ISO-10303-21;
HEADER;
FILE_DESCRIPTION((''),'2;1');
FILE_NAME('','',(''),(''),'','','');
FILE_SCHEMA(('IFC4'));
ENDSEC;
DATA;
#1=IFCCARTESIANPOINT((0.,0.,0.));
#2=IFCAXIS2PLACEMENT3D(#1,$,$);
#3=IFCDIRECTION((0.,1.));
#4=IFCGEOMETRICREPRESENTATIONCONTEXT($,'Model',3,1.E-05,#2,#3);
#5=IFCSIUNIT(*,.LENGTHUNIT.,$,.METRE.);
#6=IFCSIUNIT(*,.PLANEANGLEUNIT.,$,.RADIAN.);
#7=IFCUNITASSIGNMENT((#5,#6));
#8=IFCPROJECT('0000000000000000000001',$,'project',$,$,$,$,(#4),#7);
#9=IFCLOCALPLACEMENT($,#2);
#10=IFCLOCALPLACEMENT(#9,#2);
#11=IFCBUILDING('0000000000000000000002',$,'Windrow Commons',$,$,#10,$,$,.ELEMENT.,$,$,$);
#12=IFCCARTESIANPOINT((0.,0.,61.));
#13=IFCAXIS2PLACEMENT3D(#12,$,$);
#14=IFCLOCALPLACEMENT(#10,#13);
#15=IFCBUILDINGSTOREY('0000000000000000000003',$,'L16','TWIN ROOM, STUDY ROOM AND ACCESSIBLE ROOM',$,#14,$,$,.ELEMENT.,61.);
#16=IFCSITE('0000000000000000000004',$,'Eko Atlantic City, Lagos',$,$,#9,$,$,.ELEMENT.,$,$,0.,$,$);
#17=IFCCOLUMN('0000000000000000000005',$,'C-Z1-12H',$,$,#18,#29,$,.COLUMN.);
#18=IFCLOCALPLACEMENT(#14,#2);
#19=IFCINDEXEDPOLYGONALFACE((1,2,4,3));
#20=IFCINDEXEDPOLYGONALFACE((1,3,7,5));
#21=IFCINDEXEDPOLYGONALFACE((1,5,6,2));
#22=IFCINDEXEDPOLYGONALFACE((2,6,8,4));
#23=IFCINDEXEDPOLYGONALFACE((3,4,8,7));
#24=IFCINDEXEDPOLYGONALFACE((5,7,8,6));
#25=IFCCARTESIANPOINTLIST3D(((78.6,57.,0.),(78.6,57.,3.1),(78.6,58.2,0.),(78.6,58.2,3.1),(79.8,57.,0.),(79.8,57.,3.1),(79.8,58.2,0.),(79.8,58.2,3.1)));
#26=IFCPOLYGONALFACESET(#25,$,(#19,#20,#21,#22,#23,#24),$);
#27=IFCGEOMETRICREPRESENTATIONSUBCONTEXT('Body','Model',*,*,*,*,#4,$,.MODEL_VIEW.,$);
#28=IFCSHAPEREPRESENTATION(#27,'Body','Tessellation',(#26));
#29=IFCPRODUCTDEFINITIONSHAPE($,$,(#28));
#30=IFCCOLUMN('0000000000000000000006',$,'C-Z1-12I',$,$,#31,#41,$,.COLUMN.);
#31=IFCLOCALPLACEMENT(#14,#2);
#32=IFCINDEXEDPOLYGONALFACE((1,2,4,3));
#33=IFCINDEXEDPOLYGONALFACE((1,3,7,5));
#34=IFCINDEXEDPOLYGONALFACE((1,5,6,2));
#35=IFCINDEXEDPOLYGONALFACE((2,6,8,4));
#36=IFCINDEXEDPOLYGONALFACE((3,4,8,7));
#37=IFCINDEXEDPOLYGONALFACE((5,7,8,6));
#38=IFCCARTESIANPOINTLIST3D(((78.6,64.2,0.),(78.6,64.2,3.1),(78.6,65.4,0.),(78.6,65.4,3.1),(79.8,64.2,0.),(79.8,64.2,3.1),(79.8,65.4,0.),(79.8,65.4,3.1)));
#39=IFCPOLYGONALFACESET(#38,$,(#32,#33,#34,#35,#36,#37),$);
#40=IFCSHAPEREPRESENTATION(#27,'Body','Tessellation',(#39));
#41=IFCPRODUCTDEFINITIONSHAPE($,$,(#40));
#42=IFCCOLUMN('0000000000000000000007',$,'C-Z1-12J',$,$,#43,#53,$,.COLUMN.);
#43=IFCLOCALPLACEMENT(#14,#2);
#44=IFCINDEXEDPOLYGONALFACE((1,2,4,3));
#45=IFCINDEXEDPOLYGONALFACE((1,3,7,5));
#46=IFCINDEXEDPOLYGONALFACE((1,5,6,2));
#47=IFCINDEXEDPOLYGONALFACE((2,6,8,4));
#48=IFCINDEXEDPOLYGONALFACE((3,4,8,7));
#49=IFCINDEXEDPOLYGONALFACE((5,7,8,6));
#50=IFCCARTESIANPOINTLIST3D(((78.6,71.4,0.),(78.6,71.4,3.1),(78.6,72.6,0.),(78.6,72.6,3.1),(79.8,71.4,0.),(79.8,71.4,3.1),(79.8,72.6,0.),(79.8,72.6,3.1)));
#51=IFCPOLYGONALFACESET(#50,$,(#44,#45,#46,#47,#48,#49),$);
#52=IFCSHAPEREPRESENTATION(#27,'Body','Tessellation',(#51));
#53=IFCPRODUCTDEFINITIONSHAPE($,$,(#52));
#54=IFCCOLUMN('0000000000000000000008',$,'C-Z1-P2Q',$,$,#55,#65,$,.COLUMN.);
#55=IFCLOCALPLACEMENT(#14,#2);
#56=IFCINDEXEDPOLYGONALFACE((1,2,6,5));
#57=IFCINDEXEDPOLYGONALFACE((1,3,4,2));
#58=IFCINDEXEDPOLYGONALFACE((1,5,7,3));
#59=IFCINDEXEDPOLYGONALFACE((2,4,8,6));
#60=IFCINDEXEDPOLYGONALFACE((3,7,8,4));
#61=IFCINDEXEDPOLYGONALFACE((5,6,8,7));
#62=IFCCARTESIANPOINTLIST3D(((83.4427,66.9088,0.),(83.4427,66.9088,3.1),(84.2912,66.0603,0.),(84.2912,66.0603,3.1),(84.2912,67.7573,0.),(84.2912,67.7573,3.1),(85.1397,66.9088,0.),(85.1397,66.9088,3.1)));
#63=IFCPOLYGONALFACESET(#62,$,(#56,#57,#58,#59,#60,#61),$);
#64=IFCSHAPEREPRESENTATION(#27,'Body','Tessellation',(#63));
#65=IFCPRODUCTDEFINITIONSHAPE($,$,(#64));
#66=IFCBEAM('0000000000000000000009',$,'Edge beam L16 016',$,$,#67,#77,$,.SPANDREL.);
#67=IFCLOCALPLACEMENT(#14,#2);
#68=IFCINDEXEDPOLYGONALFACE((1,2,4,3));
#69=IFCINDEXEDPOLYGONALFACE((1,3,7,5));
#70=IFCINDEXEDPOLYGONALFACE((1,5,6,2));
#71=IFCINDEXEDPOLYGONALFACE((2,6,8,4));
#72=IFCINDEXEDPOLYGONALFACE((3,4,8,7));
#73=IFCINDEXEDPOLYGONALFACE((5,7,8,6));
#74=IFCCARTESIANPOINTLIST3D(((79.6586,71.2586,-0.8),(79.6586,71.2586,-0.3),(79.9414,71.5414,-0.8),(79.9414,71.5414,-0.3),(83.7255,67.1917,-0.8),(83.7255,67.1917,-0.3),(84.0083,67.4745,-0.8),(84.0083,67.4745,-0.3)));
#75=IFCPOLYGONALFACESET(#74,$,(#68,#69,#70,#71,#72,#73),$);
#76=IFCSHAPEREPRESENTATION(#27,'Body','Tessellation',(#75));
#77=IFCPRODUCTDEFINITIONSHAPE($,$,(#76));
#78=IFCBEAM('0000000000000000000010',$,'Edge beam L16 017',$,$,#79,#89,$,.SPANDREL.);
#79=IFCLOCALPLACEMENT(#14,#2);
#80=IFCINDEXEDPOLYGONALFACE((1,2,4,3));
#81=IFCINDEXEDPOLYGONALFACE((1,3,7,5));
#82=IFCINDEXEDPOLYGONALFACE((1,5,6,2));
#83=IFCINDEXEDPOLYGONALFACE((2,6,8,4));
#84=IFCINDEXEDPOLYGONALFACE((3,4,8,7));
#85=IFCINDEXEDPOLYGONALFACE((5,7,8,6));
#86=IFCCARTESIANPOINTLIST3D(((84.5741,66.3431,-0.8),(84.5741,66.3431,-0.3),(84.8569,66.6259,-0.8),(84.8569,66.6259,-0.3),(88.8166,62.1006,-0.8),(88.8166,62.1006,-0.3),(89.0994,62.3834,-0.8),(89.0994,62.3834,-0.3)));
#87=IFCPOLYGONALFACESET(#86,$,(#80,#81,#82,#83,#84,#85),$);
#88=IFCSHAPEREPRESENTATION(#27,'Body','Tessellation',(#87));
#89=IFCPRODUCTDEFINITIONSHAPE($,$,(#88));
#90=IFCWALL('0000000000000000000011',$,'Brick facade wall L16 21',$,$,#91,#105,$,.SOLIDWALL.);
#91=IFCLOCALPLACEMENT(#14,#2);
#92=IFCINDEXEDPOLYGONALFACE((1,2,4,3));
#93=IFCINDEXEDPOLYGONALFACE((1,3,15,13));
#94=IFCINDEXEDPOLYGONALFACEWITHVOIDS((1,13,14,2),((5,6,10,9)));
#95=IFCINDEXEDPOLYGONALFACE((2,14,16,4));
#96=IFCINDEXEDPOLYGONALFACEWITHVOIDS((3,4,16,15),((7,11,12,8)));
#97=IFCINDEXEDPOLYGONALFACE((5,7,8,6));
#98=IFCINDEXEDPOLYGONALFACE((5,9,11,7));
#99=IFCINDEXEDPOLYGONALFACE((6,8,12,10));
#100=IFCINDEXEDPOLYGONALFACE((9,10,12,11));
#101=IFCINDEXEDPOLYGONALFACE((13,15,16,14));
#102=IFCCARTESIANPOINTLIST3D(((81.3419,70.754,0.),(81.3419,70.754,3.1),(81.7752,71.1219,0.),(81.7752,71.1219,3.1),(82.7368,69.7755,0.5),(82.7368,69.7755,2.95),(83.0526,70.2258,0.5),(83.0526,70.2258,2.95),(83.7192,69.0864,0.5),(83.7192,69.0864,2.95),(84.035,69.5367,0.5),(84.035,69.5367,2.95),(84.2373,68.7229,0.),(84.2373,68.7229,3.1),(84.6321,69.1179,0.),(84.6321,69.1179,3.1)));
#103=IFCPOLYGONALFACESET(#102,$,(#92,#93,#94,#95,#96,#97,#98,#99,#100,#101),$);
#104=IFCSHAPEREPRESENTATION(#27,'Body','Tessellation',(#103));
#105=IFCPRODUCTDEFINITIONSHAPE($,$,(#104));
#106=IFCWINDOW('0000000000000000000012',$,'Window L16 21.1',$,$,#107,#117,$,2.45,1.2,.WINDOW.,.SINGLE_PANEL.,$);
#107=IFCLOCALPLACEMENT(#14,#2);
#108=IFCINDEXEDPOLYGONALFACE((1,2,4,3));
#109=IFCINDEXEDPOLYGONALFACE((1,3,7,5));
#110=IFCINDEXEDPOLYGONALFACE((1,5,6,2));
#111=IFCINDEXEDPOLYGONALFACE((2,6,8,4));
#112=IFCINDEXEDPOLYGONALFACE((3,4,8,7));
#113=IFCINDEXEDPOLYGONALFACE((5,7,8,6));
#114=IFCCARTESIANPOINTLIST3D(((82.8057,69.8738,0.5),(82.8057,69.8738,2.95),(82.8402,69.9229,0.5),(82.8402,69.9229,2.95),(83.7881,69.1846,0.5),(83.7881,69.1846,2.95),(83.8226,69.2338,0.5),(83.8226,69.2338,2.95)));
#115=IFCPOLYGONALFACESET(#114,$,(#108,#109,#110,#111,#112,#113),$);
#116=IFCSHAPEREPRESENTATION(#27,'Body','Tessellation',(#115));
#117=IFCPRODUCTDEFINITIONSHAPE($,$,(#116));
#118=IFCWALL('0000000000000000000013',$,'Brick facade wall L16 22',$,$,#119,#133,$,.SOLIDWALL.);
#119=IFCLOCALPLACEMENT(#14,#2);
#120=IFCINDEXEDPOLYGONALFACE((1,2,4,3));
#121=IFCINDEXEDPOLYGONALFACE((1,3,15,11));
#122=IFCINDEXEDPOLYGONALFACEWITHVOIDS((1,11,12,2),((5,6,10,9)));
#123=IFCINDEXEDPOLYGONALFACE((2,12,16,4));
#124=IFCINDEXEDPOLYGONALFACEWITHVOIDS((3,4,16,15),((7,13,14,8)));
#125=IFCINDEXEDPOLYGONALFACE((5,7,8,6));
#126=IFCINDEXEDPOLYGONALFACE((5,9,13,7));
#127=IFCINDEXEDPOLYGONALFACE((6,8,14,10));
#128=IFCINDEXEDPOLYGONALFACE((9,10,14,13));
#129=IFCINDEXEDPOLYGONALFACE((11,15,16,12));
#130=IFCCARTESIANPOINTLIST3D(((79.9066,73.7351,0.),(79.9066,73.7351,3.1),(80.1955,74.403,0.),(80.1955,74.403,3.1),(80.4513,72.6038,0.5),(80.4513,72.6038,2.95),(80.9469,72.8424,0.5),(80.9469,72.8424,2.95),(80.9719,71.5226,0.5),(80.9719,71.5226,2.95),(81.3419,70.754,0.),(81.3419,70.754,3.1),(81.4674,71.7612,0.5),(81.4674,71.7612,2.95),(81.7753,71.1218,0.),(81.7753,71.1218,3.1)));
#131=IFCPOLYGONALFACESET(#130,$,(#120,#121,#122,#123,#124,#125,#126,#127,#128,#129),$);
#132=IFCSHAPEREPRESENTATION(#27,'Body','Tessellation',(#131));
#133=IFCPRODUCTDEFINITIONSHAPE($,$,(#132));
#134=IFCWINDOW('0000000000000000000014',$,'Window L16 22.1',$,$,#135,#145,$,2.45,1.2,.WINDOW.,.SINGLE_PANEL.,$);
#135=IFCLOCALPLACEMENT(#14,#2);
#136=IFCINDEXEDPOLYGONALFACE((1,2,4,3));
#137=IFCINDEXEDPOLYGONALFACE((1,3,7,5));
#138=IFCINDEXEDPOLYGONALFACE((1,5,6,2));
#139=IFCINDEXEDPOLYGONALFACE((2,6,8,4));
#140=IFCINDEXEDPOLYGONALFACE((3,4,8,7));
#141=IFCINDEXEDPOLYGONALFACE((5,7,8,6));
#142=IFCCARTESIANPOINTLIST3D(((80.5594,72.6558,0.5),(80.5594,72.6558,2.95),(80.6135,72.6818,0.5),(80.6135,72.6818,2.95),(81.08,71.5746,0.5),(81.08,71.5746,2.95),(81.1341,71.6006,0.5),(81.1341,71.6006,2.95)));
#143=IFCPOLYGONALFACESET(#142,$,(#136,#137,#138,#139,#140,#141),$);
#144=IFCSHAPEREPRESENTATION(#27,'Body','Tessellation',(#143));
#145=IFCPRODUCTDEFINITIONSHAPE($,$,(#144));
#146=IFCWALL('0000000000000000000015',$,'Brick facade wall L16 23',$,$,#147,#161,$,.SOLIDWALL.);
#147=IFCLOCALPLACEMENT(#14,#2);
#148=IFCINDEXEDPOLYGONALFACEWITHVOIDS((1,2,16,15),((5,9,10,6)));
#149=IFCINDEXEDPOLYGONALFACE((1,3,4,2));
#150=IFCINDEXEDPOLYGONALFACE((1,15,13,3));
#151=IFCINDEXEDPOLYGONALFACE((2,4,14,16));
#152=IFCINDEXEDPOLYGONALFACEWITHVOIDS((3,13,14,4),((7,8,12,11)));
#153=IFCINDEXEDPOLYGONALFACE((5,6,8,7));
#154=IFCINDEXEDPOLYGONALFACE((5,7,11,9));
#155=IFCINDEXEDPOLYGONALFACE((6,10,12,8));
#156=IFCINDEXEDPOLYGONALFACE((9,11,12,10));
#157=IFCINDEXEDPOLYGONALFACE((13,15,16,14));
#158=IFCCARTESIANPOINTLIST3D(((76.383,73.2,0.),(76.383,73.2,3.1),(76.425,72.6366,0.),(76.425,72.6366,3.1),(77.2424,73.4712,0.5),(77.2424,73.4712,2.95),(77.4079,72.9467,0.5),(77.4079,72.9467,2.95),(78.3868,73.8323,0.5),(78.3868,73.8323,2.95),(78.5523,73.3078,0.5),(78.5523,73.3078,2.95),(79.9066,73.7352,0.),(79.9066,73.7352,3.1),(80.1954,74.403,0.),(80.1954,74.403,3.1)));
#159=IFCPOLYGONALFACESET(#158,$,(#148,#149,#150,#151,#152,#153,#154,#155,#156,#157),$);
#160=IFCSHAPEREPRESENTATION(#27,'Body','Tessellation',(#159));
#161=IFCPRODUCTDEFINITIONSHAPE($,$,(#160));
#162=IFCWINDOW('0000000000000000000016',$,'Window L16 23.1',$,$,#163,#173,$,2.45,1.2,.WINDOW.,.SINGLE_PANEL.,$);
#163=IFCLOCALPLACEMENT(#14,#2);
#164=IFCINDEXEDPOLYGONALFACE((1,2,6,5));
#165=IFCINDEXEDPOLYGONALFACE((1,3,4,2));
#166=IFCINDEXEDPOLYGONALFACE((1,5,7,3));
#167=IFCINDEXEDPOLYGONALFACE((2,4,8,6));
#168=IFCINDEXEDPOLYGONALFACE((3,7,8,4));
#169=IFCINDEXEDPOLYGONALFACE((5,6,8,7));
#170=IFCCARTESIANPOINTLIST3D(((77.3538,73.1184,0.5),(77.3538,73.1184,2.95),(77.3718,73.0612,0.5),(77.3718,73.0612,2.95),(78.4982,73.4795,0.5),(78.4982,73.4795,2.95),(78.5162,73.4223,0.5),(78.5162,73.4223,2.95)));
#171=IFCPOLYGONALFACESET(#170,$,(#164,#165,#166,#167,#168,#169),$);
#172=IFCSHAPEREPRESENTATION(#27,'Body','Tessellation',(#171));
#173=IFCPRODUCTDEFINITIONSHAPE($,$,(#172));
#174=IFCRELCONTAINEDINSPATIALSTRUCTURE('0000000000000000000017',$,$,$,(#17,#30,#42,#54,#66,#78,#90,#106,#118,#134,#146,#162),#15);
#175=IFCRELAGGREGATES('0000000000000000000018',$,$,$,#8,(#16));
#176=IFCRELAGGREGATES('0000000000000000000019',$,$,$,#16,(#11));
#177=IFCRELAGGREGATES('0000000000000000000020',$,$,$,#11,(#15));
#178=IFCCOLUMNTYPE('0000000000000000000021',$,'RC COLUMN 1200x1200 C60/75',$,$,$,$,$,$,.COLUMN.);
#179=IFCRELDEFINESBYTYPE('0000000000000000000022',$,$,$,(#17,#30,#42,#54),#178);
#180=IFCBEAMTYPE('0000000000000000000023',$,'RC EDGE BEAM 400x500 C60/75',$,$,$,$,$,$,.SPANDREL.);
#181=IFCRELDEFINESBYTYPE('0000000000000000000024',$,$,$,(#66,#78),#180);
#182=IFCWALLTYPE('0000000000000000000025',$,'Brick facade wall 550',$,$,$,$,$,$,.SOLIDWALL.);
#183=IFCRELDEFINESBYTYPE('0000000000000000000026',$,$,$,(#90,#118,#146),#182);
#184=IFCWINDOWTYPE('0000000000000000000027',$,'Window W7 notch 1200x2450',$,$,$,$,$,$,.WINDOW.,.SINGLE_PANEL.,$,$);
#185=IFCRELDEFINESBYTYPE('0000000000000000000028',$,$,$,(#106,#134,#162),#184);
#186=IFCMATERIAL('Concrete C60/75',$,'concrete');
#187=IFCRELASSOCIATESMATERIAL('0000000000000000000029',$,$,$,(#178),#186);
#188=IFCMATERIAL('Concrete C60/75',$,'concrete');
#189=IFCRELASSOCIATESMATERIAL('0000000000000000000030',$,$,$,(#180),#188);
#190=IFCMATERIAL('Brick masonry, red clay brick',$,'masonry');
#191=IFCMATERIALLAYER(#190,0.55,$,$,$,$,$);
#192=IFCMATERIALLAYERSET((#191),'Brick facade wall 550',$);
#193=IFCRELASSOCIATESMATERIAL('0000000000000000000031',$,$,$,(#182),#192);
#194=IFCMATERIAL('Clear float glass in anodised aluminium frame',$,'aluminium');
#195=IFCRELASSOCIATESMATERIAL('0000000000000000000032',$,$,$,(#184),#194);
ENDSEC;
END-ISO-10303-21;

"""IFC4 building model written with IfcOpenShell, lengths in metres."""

from ifc_helpers import new_model, si_unit, direction, frame, frame_2d, origin, origin_2d, place, context, subcontext, project, spatial, polyline, rectangle, outline, extrude, material, layer, layer_set, material_profile, profile_set, type_object, element, fill, save


model = new_model("IFC4")

# Units and contexts
model_context = context("Model", 3, precision=1e-05, world=origin(), true_north=direction((0.0, 1.0)))
body_context = subcontext(model_context, "Body", "Model", "MODEL_VIEW")
ifc_project = project(units=[si_unit("LENGTHUNIT", "METRE"), si_unit("PLANEANGLEUNIT", "RADIAN")], contexts=[model_context])

# Site, building, storey
site_placement = place(None, origin())
site = spatial("IfcSite", under=ifc_project, at=site_placement, Name="Eko Atlantic City, Lagos", CompositionType="ELEMENT", RefElevation=0.0)
building_placement = place(site_placement, origin())
building = spatial("IfcBuilding", under=site, at=building_placement, Name="Windrow Commons", CompositionType="ELEMENT")
storey_placement = place(building_placement, frame((0.0, 0.0, 61.0)))
storey = spatial("IfcBuildingStorey", under=building, at=storey_placement, Name="L16", Description="TWIN ROOM, STUDY ROOM AND ACCESSIBLE ROOM", CompositionType="ELEMENT", Elevation=61.0)

# Columns
ifc_material_1 = material(Name="Concrete C60/75", Category="concrete")
ifc_material_profile_1 = material_profile(ifc_material_1, rectangle(XDim=1.2, YDim=1.2, at=origin_2d()))
ifc_profile_set_1 = profile_set([ifc_material_profile_1], Name="Concrete C60/75")
column_type = type_object("IfcColumnType", Name="RC COLUMN 1200x1200 C60/75", PredefinedType="COLUMN", material=ifc_profile_set_1)
for number, where, z_axis, x_axis, name in (
    (1, (79.2, 57.6, 0.0), (0.0, 0.0, 1.0), (1.0, 0.0, 0.0), "C-Z1-12H"),
    (2, (79.2, 64.8, 0.0), (0.0, 0.0, 1.0), (1.0, 0.0, 0.0), "C-Z1-12I"),
    (3, (79.2, 72.0, 0.0), (0.0, 0.0, 1.0), (1.0, 0.0, 0.0), "C-Z1-12J"),
    (4, (84.2912, 66.9088, 0.0), (0.0, 0.0, 1.0), (0.707107, -0.707107, 0.0), "C-Z1-P2Q"),
):
    element("IfcColumn", number, at=place(storey_placement, frame(where, z_axis=z_axis, x_axis=x_axis)), inside=storey, type_object=column_type, Name=name, PredefinedType="COLUMN", context=body_context, shape_type="SweptSolid", body=[
        extrude(rectangle(XDim=1.2, YDim=1.2, at=origin_2d()), origin(), (0.0, 0.0, 1.0), 3.1),
    ])

# Beams
ifc_material_2 = material(Name="Concrete C60/75", Category="concrete")
ifc_material_profile_2 = material_profile(ifc_material_2, rectangle(XDim=0.4, YDim=0.5, at=origin_2d()))
ifc_profile_set_2 = profile_set([ifc_material_profile_2], Name="Concrete C60/75")
beam_type = type_object("IfcBeamType", Name="RC EDGE BEAM 400x500 C60/75", PredefinedType="SPANDREL", material=ifc_profile_set_2)
beam_1_placement = place(storey_placement, frame((79.8, 71.4, -0.55), z_axis=(0.707107, -0.707107, 0.0), x_axis=(0.707107, 0.707107, 0.0)))
element("IfcBeam", 5, at=beam_1_placement, inside=storey, type_object=beam_type, Name="Edge beam L16 016", PredefinedType="SPANDREL", context=body_context, shape_type="SweptSolid", body=[
    extrude(rectangle(XDim=0.4, YDim=0.5, at=origin_2d()), origin(), (0.0, 0.0, 1.0), 5.7515),
])
beam_2_placement = place(storey_placement, frame((84.7155, 66.4845, -0.55), z_axis=(0.707107, -0.707107, 0.0), x_axis=(0.707107, 0.707107, 0.0)))
element("IfcBeam", 6, at=beam_2_placement, inside=storey, type_object=beam_type, Name="Edge beam L16 017", PredefinedType="SPANDREL", context=body_context, shape_type="SweptSolid", body=[
    extrude(rectangle(XDim=0.4, YDim=0.5, at=origin_2d()), origin(), (0.0, 0.0, 1.0), 5.9998),
])

# Walls, openings, windows
ifc_material_3 = material(Name="Brick masonry, red clay brick", Category="masonry")
ifc_layer_1 = layer(ifc_material_3, 0.55)
ifc_layer_set_1 = layer_set([ifc_layer_1], Name="Brick facade wall 550")
wall_type_1 = type_object("IfcWallType", Name="Brick facade wall 550", PredefinedType="SOLIDWALL", material=ifc_layer_set_1)
wall_1_placement = place(storey_placement, frame((84.4347, 68.9204, 0.0), z_axis=(0.0, 0.0, 1.0), x_axis=(-0.818666, 0.57427, 0.0)))
wall_1 = element("IfcWall", 7, at=wall_1_placement, inside=storey, type_object=wall_type_1, Name="Brick facade wall L16 21", PredefinedType="SOLIDWALL", context=body_context, shape_type="SweptSolid", body=[
    extrude(outline(polyline([(-0.0482, -0.275), (3.4415, -0.275), (3.5849, 0.275), (0.0482, 0.275), (-0.0482, -0.275)])), origin(), (0.0, 0.0, 1.0), 3.1),
])
opening_1_placement = place(wall_1_placement, frame((0.6811, 0.0, 0.5)))
opening_1 = element("IfcOpeningElement", 8, at=opening_1_placement, cuts=wall_1, PredefinedType="OPENING", context=body_context, shape_type="SweptSolid", body=[
    extrude(rectangle(XDim=1.2, YDim=2.45, at=frame_2d((0.6, 1.225))), frame((0.0, 0.285, 0.0), z_axis=(0.0, -1.0, 0.0), x_axis=(1.0, 0.0, 0.0)), (0.0, 0.0, 1.0), 0.57),
])
ifc_material_4 = material(Name="Clear float glass in anodised aluminium frame", Category="aluminium")
window_type = type_object("IfcWindowType", Name="Window W7 notch 1200x2450", PartitioningType="SINGLE_PANEL", PredefinedType="WINDOW", material=ifc_material_4)
window_1_placement = place(opening_1_placement, origin())
window_1 = element("IfcWindow", 9, at=window_1_placement, inside=storey, type_object=window_type, Name="Window L16 21.1", OverallHeight=2.45, OverallWidth=1.2, PartitioningType="SINGLE_PANEL", PredefinedType="WINDOW", context=body_context, shape_type="SweptSolid", body=[
    extrude(rectangle(XDim=1.2, YDim=2.45, at=frame_2d((0.6, 1.225))), frame((0.0, 0.155, 0.0), z_axis=(0.0, -1.0, 0.0), x_axis=(1.0, 0.0, 0.0)), (0.0, 0.0, 1.0), 0.06),
])
fill(opening_1, window_1)
wall_2_placement = place(storey_placement, frame((81.5586, 70.9379, 0.0), z_axis=(0.0, 0.0, 1.0), x_axis=(-0.433812, 0.901003, 0.0)))
wall_2 = element("IfcWall", 10, at=wall_2_placement, inside=storey, type_object=wall_type_1, Name="Brick facade wall L16 22", PredefinedType="SOLIDWALL", context=body_context, shape_type="SweptSolid", body=[
    extrude(outline(polyline([(0.0717, -0.275), (3.7134, -0.275), (3.2369, 0.275), (-0.0717, 0.275), (0.0717, -0.275)])), origin(), (0.0, 0.0, 1.0), 3.1),
])
opening_2_placement = place(wall_2_placement, frame((0.7813, 0.0, 0.5)))
opening_2 = element("IfcOpeningElement", 11, at=opening_2_placement, cuts=wall_2, PredefinedType="OPENING", context=body_context, shape_type="SweptSolid", body=[
    extrude(rectangle(XDim=1.2, YDim=2.45, at=frame_2d((0.6, 1.225))), frame((0.0, 0.285, 0.0), z_axis=(0.0, -1.0, 0.0), x_axis=(1.0, 0.0, 0.0)), (0.0, 0.0, 1.0), 0.57),
])
window_2_placement = place(opening_2_placement, origin())
window_2 = element("IfcWindow", 12, at=window_2_placement, inside=storey, type_object=window_type, Name="Window L16 22.1", OverallHeight=2.45, OverallWidth=1.2, PartitioningType="SINGLE_PANEL", PredefinedType="WINDOW", context=body_context, shape_type="SweptSolid", body=[
    extrude(rectangle(XDim=1.2, YDim=2.45, at=frame_2d((0.6, 1.225))), frame((0.0, 0.155, 0.0), z_axis=(0.0, -1.0, 0.0), x_axis=(1.0, 0.0, 0.0)), (0.0, 0.0, 1.0), 0.06),
])
fill(opening_2, window_2)
wall_3_placement = place(storey_placement, frame((80.051, 74.0691, 0.0), z_axis=(0.0, 0.0, 1.0), x_axis=(-0.953649, -0.300921, 0.0)))
wall_3 = element("IfcWall", 13, at=wall_3_placement, inside=storey, type_object=wall_type_1, Name="Brick facade wall L16 23", PredefinedType="SOLIDWALL", context=body_context, shape_type="SweptSolid", body=[
    extrude(outline(polyline([(-0.2382, -0.275), (3.7595, -0.275), (3.889, 0.275), (0.2382, 0.275), (-0.2382, -0.275)])), origin(), (0.0, 0.0, 1.0), 3.1),
])
opening_3_placement = place(wall_3_placement, frame((1.6583, 0.0, 0.5)))
opening_3 = element("IfcOpeningElement", 14, at=opening_3_placement, cuts=wall_3, PredefinedType="OPENING", context=body_context, shape_type="SweptSolid", body=[
    extrude(rectangle(XDim=1.2, YDim=2.45, at=frame_2d((0.6, 1.225))), frame((0.0, 0.285, 0.0), z_axis=(0.0, -1.0, 0.0), x_axis=(1.0, 0.0, 0.0)), (0.0, 0.0, 1.0), 0.57),
])
window_3_placement = place(opening_3_placement, origin())
window_3 = element("IfcWindow", 15, at=window_3_placement, inside=storey, type_object=window_type, Name="Window L16 23.1", OverallHeight=2.45, OverallWidth=1.2, PartitioningType="SINGLE_PANEL", PredefinedType="WINDOW", context=body_context, shape_type="SweptSolid", body=[
    extrude(rectangle(XDim=1.2, YDim=2.45, at=frame_2d((0.6, 1.225))), frame((0.0, 0.155, 0.0), z_axis=(0.0, -1.0, 0.0), x_axis=(1.0, 0.0, 0.0)), (0.0, 0.0, 1.0), 0.06),
])
fill(opening_3, window_3)

save(model, "model.ifc")
